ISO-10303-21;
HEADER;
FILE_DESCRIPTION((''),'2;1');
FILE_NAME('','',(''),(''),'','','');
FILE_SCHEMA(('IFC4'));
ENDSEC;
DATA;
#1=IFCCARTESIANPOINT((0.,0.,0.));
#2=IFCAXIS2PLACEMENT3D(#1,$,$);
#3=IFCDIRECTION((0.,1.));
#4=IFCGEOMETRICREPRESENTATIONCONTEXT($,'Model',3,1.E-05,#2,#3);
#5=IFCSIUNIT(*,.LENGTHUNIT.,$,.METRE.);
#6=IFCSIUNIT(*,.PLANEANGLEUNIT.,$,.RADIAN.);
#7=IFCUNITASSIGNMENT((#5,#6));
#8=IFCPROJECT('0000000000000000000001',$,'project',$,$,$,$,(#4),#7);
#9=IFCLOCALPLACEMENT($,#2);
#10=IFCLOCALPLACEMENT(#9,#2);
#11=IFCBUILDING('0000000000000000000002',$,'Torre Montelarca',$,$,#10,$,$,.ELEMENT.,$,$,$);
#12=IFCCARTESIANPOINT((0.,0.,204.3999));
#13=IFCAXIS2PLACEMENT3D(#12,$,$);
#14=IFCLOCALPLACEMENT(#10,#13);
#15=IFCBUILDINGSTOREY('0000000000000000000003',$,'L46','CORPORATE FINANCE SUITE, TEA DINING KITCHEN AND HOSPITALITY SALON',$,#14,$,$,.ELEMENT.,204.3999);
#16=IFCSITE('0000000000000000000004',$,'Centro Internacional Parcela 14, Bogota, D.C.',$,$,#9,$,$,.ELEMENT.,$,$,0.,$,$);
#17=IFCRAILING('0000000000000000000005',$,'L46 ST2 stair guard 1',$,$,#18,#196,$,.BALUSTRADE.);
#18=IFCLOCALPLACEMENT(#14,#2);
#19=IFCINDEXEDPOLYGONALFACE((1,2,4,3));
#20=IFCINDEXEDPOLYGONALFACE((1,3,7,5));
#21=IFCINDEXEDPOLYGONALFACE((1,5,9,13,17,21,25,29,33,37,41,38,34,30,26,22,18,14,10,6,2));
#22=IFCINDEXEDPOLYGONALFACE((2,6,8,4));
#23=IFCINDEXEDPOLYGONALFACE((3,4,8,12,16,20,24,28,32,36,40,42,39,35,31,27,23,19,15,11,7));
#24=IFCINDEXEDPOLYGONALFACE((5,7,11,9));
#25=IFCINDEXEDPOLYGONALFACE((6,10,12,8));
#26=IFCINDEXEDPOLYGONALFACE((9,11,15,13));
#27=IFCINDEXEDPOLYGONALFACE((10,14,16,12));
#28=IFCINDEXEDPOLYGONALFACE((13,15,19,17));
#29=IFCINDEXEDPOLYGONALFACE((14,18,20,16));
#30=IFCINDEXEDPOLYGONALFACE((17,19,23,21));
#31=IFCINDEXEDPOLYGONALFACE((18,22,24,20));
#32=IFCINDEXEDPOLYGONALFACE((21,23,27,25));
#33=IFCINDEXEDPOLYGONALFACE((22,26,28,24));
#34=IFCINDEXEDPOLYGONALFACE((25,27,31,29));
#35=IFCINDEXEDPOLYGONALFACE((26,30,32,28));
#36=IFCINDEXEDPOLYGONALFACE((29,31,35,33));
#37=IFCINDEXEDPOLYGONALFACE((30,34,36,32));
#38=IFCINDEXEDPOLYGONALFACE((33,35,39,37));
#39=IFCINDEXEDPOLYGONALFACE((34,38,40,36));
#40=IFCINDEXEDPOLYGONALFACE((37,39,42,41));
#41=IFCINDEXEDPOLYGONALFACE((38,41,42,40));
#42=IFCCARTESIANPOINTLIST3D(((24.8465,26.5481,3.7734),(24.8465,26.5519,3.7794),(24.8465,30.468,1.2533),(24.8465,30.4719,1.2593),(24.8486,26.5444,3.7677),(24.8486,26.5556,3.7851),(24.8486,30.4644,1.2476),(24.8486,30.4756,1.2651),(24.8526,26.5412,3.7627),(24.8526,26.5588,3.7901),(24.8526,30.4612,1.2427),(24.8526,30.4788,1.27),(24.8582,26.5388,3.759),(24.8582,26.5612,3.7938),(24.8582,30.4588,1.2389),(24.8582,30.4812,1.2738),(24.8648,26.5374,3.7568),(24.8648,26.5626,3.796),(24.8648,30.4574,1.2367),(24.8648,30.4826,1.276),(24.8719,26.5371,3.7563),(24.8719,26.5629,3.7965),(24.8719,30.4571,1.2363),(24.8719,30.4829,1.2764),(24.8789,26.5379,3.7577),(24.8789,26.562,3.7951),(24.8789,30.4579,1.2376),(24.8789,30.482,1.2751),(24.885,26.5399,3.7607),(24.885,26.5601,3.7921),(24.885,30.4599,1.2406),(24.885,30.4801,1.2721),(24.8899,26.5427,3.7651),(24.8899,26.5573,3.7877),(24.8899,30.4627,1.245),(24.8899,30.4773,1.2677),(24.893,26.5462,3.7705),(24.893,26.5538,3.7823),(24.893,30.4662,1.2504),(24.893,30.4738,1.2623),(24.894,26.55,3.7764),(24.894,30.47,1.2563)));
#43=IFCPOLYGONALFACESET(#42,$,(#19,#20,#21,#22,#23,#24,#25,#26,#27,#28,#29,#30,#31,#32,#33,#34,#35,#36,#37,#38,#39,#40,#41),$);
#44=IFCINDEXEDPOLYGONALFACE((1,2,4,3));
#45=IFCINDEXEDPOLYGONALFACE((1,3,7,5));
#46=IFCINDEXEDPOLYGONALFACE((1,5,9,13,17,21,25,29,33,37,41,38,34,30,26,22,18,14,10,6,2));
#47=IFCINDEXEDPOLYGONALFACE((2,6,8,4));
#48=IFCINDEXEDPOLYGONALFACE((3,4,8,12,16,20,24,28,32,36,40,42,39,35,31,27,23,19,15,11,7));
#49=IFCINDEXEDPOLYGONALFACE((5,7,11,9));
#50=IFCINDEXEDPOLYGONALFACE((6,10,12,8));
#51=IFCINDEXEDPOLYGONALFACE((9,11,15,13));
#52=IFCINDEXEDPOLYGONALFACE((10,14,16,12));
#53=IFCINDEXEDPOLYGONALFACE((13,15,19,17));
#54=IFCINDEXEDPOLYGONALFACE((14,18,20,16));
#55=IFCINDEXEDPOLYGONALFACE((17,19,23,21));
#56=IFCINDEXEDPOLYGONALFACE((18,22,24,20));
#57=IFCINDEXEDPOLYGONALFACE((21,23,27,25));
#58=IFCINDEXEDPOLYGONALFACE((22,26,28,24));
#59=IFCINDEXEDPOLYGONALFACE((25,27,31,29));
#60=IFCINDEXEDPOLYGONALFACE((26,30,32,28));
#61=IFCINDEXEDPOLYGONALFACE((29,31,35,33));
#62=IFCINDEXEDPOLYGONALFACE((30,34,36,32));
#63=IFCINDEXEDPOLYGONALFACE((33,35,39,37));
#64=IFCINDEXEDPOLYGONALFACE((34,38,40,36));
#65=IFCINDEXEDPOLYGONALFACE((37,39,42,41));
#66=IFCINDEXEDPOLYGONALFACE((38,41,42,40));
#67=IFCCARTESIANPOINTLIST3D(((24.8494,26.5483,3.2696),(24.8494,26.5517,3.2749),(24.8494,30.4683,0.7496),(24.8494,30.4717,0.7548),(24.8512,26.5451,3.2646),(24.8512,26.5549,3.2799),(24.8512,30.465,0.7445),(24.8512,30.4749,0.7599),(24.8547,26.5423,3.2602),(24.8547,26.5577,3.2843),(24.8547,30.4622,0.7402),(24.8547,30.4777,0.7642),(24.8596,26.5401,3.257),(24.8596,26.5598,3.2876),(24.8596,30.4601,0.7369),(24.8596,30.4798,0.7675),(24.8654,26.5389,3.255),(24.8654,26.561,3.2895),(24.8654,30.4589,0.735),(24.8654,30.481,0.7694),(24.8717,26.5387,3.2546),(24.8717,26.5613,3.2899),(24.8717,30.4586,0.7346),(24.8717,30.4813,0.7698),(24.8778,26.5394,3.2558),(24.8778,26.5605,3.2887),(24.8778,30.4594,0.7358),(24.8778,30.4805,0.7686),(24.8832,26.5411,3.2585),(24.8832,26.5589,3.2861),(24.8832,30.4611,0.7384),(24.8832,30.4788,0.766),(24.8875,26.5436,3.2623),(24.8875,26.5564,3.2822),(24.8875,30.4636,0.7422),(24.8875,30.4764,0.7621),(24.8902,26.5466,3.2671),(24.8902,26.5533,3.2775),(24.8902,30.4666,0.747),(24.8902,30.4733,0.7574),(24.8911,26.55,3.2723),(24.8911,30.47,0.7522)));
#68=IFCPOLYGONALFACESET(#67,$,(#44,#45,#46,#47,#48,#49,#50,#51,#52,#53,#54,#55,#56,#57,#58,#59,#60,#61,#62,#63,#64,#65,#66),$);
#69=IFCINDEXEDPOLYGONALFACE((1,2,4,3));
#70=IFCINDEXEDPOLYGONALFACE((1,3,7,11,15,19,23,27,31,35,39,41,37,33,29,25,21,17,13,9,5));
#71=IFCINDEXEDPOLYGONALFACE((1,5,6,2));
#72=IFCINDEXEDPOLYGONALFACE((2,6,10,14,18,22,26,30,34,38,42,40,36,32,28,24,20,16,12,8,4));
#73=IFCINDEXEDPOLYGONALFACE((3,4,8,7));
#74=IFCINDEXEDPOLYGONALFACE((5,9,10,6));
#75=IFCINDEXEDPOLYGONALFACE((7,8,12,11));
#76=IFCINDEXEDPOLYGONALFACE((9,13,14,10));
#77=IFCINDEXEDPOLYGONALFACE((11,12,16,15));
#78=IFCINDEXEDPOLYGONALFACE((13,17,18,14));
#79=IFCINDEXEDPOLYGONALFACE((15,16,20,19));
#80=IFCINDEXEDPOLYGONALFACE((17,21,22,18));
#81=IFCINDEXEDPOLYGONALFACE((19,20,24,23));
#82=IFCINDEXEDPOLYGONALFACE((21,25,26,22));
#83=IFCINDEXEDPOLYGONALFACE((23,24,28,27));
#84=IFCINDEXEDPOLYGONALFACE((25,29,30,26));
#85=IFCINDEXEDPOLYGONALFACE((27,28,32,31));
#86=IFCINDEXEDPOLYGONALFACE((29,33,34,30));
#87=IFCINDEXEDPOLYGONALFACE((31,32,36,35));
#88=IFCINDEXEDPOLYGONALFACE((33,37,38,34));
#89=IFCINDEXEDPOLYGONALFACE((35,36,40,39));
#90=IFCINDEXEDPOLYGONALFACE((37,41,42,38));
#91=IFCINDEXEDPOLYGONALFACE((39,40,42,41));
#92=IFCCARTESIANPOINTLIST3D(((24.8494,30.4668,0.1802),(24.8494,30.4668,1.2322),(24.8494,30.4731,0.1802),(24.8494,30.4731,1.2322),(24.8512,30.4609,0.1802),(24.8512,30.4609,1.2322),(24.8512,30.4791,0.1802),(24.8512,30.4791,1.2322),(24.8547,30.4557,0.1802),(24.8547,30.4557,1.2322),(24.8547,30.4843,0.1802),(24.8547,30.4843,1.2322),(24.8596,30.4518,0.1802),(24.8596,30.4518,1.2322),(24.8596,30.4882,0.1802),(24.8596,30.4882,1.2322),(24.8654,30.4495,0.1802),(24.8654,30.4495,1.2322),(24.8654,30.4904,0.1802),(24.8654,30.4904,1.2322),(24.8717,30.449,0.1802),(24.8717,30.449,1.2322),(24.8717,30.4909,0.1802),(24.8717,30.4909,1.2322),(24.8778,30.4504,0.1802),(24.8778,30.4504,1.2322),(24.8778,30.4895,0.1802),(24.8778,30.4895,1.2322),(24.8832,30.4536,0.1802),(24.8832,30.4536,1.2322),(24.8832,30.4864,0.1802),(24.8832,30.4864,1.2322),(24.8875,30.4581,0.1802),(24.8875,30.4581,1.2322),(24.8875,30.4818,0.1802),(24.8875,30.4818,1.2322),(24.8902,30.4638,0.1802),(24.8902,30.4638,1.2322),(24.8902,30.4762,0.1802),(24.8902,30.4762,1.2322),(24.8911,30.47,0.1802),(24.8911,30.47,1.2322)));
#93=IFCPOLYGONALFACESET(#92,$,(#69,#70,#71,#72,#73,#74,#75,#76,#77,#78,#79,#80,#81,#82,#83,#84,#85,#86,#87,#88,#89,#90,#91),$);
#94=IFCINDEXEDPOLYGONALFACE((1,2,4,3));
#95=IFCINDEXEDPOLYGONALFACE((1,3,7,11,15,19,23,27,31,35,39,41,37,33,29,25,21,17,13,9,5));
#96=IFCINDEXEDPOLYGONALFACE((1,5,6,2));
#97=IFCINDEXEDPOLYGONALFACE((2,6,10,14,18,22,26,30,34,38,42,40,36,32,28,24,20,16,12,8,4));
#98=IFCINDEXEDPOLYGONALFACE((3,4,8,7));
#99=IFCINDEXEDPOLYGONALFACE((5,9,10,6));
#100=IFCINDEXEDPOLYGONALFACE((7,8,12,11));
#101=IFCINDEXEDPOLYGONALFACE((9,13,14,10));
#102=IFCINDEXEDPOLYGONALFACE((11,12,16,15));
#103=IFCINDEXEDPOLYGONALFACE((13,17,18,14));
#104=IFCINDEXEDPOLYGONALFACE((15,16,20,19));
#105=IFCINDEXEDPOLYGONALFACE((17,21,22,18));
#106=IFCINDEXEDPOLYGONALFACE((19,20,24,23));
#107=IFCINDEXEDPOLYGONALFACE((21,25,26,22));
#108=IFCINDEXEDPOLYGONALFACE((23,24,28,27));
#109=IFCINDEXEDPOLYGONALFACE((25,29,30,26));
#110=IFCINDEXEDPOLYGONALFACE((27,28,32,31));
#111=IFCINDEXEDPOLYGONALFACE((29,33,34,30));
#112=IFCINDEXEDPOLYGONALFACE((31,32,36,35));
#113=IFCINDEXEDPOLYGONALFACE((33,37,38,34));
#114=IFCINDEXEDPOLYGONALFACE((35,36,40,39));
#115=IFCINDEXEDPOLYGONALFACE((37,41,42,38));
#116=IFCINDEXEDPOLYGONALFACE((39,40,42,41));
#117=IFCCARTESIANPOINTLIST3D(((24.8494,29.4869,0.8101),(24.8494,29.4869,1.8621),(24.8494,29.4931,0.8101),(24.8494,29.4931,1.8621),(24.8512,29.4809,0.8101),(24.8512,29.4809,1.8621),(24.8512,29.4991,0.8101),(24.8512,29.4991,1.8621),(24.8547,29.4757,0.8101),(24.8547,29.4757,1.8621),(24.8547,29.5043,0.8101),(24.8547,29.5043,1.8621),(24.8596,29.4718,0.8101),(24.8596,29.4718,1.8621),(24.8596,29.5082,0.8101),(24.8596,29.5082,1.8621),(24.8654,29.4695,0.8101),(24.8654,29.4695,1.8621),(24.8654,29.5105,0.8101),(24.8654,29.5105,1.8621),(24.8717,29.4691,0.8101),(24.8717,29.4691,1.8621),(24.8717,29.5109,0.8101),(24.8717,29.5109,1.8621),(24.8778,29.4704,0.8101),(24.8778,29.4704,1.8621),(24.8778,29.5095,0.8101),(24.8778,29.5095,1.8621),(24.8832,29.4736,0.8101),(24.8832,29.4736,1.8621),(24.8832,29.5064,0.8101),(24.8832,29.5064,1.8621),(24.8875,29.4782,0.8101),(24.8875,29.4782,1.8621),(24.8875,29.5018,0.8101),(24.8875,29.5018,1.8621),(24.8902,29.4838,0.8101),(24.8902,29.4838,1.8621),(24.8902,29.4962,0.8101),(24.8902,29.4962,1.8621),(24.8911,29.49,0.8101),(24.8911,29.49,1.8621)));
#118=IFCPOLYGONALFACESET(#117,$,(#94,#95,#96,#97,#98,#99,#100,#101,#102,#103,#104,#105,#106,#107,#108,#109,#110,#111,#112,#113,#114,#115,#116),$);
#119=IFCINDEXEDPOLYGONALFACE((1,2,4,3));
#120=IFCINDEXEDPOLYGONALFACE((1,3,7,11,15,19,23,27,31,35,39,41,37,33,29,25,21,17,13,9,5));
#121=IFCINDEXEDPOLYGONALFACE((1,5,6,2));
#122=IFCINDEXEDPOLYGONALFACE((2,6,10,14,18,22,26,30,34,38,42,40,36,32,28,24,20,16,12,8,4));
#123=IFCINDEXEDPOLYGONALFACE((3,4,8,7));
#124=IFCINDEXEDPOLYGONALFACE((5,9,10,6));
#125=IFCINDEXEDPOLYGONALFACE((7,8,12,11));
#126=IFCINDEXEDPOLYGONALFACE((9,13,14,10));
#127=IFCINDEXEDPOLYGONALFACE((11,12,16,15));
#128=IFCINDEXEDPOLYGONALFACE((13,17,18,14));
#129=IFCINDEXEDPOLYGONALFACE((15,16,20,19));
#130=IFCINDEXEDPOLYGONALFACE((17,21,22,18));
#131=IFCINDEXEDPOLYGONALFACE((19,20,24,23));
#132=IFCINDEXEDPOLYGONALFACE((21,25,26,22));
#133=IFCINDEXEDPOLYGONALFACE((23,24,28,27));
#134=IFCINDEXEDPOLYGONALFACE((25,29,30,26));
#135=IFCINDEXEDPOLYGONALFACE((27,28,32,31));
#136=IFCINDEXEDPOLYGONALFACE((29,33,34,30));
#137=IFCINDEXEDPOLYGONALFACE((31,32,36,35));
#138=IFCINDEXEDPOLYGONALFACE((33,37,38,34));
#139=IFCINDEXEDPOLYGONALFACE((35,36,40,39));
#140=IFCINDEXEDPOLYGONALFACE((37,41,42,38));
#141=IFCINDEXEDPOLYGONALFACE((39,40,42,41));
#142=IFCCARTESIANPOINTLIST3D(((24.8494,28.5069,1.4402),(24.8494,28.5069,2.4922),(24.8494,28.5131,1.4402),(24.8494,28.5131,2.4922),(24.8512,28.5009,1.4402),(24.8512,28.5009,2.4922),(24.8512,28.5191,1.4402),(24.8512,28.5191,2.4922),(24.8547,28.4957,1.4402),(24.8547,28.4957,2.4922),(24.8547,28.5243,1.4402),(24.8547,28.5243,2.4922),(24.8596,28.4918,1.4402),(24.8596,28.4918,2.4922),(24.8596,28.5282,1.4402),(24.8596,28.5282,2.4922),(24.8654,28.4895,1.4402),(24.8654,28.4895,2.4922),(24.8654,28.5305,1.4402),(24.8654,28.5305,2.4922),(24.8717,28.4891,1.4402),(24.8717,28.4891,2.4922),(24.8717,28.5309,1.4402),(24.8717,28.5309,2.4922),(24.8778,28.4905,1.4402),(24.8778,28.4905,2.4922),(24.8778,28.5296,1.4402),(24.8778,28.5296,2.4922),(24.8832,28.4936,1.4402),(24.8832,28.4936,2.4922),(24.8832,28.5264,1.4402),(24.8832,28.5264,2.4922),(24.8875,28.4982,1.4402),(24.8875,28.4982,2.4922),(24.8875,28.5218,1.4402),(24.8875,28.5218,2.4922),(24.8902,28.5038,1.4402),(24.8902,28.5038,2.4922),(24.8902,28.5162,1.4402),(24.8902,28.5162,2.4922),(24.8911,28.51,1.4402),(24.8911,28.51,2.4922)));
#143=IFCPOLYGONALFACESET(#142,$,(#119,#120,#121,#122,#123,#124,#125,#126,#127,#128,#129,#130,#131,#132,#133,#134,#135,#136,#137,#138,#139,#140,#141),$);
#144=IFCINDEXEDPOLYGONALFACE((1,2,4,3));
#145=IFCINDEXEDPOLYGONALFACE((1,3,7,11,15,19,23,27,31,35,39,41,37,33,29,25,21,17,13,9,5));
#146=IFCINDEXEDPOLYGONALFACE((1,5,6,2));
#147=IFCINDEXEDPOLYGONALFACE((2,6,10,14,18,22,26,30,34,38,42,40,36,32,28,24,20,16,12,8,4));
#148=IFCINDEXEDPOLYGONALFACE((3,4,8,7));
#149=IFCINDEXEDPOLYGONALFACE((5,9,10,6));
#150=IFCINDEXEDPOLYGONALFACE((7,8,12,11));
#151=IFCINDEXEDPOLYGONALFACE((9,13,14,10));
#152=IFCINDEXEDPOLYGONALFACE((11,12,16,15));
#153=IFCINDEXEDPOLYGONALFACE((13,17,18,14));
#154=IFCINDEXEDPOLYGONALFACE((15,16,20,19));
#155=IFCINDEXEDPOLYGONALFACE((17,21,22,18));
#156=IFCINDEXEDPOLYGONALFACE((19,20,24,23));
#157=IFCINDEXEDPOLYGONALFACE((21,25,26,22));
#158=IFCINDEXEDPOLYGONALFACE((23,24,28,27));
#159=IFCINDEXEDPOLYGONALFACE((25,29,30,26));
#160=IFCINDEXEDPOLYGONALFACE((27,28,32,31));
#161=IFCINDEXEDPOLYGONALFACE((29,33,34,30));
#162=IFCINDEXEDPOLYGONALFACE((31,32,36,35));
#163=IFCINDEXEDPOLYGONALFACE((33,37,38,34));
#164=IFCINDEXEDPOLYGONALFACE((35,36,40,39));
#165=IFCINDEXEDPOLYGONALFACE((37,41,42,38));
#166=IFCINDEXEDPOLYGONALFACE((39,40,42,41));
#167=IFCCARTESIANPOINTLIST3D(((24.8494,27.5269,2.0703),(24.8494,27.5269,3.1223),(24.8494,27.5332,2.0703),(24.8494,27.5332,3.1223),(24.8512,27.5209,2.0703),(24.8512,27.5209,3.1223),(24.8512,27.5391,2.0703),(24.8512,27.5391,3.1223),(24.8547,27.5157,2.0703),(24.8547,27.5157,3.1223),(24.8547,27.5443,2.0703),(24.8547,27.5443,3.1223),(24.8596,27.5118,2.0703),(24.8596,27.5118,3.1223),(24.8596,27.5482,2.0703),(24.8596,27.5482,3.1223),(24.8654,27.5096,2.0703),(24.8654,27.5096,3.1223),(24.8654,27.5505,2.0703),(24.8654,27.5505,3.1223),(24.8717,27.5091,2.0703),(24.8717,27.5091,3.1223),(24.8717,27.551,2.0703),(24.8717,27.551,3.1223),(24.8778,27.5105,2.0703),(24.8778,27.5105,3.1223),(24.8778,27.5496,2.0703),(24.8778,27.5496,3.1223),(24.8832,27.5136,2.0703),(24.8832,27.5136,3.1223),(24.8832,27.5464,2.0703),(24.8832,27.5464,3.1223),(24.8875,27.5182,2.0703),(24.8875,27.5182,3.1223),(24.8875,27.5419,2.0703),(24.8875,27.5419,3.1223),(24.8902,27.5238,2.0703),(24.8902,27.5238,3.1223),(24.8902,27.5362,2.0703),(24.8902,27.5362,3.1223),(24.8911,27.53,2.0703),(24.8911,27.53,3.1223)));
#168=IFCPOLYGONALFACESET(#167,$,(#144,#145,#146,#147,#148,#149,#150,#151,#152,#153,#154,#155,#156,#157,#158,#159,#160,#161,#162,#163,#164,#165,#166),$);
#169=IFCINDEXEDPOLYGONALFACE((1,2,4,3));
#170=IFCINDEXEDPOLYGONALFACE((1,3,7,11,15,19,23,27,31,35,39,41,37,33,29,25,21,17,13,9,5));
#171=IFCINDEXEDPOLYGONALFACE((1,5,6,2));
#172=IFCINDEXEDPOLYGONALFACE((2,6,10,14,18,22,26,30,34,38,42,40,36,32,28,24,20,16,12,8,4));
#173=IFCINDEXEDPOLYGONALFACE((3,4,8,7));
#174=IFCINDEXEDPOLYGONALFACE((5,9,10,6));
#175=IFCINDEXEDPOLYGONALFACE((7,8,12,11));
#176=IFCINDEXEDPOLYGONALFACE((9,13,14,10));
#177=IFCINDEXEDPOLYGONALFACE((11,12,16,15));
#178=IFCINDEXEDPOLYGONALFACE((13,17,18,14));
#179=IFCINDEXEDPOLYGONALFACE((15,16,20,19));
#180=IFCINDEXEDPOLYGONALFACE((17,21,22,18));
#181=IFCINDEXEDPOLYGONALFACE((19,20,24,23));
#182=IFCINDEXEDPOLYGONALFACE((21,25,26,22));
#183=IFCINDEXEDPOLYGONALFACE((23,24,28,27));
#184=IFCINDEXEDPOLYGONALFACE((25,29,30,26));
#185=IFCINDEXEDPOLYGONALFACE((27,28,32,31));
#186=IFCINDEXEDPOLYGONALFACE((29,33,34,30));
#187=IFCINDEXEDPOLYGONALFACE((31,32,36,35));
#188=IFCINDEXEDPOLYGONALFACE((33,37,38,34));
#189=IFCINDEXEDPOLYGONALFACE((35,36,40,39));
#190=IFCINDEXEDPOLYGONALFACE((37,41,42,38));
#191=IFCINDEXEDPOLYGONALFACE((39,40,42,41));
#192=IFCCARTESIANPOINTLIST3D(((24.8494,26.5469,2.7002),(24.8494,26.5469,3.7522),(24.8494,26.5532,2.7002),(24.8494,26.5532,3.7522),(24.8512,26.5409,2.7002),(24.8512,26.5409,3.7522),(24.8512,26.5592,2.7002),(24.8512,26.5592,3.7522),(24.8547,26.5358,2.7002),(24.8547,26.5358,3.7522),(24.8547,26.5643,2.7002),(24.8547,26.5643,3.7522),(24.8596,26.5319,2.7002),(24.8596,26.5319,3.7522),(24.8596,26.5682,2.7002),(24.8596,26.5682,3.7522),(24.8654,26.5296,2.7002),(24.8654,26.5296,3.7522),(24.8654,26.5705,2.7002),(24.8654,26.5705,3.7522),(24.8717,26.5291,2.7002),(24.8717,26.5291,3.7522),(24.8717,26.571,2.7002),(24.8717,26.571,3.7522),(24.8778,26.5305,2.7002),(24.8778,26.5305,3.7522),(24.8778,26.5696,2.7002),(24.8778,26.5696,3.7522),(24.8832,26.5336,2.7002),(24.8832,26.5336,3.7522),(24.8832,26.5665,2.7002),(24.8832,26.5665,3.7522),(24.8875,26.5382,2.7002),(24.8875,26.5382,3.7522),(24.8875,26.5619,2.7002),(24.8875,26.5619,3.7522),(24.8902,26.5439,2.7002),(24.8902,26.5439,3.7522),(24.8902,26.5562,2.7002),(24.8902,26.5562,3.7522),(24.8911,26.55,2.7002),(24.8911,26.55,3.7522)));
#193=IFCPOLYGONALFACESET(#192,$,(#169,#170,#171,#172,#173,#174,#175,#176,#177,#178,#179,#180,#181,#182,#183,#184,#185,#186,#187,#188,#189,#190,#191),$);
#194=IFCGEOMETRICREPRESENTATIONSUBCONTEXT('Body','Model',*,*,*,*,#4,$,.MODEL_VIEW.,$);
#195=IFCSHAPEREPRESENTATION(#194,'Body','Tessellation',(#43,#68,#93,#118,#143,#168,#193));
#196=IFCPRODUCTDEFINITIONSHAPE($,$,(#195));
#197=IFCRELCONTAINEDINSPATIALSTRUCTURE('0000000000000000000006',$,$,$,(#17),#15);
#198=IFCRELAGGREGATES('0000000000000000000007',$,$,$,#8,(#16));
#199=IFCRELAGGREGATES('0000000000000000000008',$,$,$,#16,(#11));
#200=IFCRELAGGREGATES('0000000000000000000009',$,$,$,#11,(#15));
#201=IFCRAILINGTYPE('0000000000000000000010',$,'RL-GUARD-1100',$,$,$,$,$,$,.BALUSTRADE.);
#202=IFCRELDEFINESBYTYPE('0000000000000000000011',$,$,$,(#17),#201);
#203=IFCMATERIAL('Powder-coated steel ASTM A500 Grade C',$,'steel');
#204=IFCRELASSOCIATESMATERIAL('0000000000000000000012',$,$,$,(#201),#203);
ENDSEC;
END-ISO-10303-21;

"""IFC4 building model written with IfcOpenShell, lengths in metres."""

from ifc_helpers import new_model, si_unit, direction, frame, origin, origin_2d, place, context, subcontext, project, spatial, circle, extrude, material, type_object, element, save


model = new_model("IFC4")

# Units and contexts
model_context = context("Model", 3, precision=1e-05, world=origin(), true_north=direction((0.0, 1.0)))
body_context = subcontext(model_context, "Body", "Model", "MODEL_VIEW")
ifc_project = project(units=[si_unit("LENGTHUNIT", "METRE"), si_unit("PLANEANGLEUNIT", "RADIAN")], contexts=[model_context])

# Site, building, storey
site_placement = place(None, origin())
site = spatial("IfcSite", under=ifc_project, at=site_placement, Name="Centro Internacional Parcela 14, Bogota, D.C.", CompositionType="ELEMENT", RefElevation=0.0)
building_placement = place(site_placement, origin())
building = spatial("IfcBuilding", under=site, at=building_placement, Name="Torre Montelarca", CompositionType="ELEMENT")
storey_placement = place(building_placement, frame((0.0, 0.0, 204.3999)))
storey = spatial("IfcBuildingStorey", under=building, at=storey_placement, Name="L46", Description="CORPORATE FINANCE SUITE, TEA DINING KITCHEN AND HOSPITALITY SALON", CompositionType="ELEMENT", Elevation=204.3999)

# Railing
ifc_material_1 = material(Name="Powder-coated steel ASTM A500 Grade C", Category="steel")
railing_type_1 = type_object("IfcRailingType", Name="RL-GUARD-1100", PredefinedType="BALUSTRADE", material=ifc_material_1)
railing_1_placement = place(storey_placement, frame((24.8701, 30.47, 0.1802)))
element("IfcRailing", 1, at=railing_1_placement, inside=storey, type_object=railing_type_1, Name="L46 ST2 stair guard 1", PredefinedType="BALUSTRADE", context=body_context, shape_type="SweptSolid", body=[
    extrude(circle(Radius=0.0239, at=origin_2d()), frame((0.0, 0.0, 1.0762), z_axis=(0.0, -0.841172, 0.540768), x_axis=(1.0, 0.0, 0.0)), (0.0, 0.0, 1.0), 4.6602),
    extrude(circle(Radius=0.021, at=origin_2d()), frame((0.0, 0.0, 0.572), z_axis=(0.0, -0.841172, 0.540768), x_axis=(1.0, 0.0, 0.0)), (0.0, 0.0, 1.0), 4.6602),
    extrude(circle(Radius=0.021, at=origin_2d()), origin(), (0.0, 0.0, 1.0), 1.052),
    extrude(circle(Radius=0.021, at=origin_2d()), frame((0.0, -0.98, 0.6299)), (0.0, 0.0, 1.0), 1.052),
    extrude(circle(Radius=0.021, at=origin_2d()), frame((0.0, -1.96, 1.26)), (0.0, 0.0, 1.0), 1.052),
    extrude(circle(Radius=0.021, at=origin_2d()), frame((0.0, -2.9399, 1.8901)), (0.0, 0.0, 1.0), 1.052),
    extrude(circle(Radius=0.021, at=origin_2d()), frame((0.0, -3.9199, 2.52)), (0.0, 0.0, 1.0), 1.052),
])

save(model, "model.ifc")
